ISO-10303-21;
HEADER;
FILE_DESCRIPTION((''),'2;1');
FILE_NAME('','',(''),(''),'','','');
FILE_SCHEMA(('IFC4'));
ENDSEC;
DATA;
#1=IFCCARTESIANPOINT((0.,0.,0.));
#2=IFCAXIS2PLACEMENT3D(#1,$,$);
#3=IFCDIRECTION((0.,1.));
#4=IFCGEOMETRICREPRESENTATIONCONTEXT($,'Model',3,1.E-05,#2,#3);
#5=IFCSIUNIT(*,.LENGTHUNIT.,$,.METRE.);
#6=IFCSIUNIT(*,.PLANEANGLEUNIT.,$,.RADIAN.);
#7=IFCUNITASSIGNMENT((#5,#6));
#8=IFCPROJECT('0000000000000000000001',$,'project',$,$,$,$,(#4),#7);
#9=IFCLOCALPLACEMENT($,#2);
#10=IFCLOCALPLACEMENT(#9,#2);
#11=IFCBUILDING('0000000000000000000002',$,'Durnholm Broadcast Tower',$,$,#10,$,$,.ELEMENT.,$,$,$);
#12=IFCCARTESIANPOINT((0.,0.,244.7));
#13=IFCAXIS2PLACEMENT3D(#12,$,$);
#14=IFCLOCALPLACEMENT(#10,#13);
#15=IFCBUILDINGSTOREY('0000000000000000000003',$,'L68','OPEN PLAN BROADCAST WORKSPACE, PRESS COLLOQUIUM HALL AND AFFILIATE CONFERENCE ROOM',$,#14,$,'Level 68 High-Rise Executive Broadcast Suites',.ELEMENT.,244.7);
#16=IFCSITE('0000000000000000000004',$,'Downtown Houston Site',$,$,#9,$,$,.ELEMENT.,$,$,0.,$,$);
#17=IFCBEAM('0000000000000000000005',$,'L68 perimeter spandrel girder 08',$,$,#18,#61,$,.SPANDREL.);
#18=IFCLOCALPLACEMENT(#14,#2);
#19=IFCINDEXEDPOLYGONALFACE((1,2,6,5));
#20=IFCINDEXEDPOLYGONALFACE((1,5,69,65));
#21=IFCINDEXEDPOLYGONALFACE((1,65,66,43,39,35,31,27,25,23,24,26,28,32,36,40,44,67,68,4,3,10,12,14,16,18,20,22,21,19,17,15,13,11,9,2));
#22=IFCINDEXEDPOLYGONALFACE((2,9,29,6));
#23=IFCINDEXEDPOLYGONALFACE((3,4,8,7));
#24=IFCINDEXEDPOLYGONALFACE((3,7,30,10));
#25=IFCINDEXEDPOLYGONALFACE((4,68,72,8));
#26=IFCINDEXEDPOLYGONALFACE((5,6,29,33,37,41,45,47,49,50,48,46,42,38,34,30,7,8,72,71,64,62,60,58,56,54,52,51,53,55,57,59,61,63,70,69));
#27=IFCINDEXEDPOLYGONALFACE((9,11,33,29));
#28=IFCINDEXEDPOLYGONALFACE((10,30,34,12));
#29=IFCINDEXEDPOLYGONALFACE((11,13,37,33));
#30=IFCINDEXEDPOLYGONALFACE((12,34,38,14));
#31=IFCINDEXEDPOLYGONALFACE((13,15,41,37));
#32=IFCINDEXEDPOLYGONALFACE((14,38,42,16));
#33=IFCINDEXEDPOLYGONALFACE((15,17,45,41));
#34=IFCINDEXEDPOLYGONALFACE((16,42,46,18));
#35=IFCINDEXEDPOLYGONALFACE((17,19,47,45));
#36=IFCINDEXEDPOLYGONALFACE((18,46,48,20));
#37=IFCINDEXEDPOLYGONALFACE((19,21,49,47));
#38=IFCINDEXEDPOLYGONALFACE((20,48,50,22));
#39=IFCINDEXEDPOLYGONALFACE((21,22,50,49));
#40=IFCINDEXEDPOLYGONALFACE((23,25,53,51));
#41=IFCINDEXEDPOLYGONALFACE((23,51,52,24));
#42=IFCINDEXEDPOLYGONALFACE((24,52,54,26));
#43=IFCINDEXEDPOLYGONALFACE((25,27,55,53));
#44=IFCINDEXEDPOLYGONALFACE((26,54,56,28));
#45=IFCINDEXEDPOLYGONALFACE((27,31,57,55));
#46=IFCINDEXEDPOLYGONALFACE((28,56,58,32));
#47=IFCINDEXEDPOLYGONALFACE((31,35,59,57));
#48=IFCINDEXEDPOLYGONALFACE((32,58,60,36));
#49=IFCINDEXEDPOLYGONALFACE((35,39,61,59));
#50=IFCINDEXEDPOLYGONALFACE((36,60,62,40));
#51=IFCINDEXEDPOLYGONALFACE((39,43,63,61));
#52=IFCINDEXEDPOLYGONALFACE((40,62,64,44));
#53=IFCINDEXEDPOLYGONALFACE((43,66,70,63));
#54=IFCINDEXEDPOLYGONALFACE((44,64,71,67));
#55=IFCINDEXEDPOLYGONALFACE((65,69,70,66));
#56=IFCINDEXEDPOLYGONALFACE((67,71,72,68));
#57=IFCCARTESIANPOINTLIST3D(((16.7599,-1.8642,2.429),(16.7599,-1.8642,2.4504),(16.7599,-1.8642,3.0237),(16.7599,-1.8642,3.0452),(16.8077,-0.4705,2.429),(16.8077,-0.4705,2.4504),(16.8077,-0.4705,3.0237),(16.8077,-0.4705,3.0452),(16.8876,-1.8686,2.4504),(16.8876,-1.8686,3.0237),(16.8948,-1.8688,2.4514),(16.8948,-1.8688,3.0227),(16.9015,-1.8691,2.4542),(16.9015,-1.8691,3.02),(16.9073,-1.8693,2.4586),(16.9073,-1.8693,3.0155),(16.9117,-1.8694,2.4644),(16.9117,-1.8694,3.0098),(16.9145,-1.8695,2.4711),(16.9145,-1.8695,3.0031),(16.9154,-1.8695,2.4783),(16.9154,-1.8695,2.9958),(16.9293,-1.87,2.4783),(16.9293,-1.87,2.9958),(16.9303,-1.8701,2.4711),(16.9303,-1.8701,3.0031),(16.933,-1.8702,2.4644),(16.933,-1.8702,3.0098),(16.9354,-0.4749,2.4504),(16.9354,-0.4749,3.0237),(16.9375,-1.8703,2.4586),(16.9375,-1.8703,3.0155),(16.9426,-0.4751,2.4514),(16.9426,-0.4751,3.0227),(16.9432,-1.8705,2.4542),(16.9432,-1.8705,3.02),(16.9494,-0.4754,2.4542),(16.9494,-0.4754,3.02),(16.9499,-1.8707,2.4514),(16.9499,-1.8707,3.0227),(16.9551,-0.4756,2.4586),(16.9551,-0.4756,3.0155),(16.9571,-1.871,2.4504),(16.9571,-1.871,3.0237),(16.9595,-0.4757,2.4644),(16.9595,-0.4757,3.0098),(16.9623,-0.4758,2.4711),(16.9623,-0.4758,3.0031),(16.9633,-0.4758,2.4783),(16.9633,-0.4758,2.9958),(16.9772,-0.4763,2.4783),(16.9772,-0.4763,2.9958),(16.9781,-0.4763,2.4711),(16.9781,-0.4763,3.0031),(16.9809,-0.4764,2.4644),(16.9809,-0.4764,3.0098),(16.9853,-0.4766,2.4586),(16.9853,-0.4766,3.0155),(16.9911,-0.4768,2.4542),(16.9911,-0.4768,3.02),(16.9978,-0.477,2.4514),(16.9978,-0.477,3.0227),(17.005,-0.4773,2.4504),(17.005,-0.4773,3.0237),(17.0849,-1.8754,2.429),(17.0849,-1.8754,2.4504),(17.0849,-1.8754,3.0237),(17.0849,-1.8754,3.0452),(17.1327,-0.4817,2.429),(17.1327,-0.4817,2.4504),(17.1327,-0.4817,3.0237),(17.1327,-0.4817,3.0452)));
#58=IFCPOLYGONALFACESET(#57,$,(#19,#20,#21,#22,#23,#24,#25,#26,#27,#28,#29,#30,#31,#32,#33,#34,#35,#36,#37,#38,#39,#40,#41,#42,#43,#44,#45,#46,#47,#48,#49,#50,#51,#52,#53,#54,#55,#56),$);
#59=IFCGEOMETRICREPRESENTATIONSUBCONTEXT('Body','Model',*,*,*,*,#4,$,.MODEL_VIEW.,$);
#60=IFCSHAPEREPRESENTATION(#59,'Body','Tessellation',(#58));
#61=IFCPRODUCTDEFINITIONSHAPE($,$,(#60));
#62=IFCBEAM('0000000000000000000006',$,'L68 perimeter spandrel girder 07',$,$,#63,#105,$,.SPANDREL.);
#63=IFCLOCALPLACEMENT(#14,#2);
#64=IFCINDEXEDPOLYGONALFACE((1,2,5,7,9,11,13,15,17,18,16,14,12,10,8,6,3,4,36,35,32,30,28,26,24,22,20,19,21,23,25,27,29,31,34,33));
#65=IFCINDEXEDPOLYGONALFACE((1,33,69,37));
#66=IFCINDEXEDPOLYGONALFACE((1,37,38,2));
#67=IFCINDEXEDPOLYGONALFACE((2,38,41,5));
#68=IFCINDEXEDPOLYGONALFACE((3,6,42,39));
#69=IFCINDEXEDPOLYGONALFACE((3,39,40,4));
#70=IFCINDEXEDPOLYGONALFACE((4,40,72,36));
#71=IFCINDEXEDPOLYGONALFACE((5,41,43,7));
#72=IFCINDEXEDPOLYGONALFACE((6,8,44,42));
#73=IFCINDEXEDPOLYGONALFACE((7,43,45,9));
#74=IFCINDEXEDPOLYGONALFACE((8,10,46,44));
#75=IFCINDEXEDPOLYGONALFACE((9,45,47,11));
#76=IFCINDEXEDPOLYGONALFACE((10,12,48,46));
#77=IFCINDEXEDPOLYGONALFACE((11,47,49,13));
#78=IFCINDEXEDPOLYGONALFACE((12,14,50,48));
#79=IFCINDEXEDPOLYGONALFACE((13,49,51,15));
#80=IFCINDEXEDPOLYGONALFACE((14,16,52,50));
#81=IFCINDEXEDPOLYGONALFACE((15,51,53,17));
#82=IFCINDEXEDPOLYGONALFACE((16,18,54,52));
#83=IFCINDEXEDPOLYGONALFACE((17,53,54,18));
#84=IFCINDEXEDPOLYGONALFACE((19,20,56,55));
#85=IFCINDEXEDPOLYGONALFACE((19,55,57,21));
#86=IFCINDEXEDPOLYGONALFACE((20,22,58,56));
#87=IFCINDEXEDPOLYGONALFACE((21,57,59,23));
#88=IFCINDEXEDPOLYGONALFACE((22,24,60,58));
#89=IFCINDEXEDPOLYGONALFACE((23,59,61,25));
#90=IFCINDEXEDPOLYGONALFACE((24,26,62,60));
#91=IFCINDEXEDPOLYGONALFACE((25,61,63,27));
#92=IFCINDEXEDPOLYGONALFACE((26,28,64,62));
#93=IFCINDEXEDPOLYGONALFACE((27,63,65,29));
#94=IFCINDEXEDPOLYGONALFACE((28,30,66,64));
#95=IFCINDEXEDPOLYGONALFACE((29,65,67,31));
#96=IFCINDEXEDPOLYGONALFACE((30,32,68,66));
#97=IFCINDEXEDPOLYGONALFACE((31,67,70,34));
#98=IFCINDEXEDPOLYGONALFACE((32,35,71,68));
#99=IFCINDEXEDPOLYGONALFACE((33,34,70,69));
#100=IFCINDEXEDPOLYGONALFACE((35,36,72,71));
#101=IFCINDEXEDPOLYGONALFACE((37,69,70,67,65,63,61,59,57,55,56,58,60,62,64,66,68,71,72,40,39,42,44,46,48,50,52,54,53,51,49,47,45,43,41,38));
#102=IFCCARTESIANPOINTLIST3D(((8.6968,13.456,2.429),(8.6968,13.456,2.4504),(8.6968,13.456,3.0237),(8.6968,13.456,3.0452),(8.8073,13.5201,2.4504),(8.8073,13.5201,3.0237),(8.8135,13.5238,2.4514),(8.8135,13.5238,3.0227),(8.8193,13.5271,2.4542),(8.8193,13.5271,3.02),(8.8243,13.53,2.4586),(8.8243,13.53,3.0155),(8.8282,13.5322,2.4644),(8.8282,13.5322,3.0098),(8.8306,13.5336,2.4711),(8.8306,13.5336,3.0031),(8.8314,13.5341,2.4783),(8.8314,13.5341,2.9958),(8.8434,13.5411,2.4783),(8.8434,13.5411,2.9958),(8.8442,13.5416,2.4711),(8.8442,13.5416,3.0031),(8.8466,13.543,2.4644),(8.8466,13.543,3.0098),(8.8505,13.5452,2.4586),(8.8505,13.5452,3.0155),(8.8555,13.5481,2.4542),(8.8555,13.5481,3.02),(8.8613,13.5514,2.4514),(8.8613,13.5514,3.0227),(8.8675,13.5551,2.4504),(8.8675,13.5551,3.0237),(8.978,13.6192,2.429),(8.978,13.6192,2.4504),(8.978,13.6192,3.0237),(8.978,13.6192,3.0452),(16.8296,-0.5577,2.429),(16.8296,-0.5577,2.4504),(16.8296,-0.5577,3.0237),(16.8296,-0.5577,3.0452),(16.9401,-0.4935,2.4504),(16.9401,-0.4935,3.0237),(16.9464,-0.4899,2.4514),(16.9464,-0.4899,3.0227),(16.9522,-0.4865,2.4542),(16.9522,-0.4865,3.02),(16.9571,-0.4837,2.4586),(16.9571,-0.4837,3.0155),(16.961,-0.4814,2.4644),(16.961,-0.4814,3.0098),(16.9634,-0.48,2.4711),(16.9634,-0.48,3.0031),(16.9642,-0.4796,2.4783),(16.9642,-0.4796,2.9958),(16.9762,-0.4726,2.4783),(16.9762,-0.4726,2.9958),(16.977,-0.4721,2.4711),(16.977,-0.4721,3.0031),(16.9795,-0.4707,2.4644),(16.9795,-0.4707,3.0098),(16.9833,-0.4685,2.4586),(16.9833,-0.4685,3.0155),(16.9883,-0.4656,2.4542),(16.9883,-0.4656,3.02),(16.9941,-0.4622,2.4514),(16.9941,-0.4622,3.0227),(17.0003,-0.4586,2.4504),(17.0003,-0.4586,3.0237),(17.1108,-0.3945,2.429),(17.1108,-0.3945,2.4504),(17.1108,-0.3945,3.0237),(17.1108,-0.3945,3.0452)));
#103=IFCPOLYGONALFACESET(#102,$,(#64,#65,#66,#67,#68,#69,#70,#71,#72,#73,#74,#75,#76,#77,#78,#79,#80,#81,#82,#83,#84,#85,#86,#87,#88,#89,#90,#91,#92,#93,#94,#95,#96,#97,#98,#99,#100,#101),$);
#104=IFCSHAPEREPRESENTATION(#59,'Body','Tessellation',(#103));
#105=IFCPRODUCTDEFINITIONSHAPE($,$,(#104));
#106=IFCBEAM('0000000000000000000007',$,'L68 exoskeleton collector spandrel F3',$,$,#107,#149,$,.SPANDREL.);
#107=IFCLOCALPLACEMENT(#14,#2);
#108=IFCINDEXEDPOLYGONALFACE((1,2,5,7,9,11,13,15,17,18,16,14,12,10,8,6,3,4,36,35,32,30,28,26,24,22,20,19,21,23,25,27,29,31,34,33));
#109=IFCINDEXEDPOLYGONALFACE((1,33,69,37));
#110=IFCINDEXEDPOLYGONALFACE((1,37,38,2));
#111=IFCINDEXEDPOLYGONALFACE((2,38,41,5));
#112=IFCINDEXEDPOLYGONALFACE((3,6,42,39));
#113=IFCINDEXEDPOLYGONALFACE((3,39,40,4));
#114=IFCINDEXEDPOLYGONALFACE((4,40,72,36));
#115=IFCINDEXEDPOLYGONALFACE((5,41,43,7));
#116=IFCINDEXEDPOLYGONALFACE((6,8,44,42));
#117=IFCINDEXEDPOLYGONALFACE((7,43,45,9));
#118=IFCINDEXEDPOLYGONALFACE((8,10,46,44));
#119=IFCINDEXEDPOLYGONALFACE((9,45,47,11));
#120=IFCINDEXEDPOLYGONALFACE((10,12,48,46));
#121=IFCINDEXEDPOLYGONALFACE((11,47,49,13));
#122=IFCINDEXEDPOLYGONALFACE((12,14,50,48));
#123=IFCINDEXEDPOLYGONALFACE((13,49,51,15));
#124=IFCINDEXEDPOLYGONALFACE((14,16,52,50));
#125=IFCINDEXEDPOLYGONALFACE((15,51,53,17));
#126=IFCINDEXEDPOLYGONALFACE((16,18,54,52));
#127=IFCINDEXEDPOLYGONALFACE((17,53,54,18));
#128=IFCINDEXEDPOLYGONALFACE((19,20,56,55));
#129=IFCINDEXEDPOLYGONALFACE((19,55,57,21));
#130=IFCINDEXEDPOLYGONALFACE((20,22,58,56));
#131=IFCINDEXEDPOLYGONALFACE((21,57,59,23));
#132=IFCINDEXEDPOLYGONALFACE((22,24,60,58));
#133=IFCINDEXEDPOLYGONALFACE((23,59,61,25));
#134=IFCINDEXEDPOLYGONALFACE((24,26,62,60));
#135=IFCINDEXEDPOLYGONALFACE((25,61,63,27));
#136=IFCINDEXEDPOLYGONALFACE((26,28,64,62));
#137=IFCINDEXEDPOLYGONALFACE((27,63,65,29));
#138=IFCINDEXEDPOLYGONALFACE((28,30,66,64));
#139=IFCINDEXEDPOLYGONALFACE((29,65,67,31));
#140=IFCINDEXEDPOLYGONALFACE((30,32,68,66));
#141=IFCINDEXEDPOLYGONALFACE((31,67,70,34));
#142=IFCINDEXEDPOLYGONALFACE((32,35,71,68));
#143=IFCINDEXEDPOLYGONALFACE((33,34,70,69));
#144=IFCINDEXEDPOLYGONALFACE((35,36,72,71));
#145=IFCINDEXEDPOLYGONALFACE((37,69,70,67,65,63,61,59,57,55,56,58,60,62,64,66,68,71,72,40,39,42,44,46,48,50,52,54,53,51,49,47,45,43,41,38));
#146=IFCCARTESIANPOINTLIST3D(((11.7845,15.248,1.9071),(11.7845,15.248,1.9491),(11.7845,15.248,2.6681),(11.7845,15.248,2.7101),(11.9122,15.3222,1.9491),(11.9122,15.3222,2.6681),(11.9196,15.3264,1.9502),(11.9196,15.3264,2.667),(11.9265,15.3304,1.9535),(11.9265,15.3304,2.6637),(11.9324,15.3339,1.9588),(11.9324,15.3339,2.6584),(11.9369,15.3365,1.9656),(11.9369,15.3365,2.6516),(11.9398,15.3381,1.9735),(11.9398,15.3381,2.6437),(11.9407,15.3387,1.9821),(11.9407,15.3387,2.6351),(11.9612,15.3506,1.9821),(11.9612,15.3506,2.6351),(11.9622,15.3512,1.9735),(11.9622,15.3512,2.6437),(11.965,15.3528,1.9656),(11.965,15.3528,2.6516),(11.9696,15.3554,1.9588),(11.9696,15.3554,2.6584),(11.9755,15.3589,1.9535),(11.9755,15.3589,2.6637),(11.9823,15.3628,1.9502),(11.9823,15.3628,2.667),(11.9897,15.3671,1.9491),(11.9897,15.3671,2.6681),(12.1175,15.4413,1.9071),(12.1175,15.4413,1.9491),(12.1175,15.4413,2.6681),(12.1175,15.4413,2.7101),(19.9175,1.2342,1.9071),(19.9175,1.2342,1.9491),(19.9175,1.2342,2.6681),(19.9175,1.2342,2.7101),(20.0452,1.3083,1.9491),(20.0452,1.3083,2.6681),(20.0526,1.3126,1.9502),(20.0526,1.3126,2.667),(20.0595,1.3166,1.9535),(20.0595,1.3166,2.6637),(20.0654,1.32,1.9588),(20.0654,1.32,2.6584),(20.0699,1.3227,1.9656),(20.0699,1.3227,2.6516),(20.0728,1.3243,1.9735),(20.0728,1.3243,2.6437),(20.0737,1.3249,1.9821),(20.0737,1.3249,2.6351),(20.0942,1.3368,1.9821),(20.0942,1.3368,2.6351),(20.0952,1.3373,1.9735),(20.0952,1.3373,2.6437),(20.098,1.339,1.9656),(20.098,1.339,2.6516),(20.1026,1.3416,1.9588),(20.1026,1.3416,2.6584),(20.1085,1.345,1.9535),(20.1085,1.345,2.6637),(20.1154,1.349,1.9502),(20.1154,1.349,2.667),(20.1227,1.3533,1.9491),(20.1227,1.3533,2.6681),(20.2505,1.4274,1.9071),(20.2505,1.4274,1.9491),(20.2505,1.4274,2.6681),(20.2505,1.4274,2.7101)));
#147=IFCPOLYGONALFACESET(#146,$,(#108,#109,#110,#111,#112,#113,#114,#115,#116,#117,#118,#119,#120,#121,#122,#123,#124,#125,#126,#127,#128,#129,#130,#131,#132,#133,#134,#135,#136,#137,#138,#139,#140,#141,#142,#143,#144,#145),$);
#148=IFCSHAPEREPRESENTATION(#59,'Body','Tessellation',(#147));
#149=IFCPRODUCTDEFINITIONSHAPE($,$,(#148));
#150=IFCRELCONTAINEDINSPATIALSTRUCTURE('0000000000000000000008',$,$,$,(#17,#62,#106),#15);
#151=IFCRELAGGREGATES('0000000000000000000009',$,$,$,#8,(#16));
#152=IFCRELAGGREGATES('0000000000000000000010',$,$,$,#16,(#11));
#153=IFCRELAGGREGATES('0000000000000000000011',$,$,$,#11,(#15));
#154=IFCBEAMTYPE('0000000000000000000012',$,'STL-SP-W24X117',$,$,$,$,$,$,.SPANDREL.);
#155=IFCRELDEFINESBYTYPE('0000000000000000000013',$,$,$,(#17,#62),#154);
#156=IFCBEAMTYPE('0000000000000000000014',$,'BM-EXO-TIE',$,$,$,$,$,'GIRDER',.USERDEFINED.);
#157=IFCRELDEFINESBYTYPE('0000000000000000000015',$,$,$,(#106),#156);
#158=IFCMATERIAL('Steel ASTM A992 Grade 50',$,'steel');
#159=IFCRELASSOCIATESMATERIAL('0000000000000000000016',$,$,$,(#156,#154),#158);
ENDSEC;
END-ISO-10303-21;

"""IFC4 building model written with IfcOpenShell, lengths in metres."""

from ifc_helpers import new_model, si_unit, direction, frame, origin, origin_2d, place, context, subcontext, project, spatial, i_section, extrude, source, transform, mapped, material, material_profile, profile_set, type_object, type_shapes, element, save


model = new_model("IFC4")

# Units and contexts
model_context = context("Model", 3, precision=1e-05, world=origin(), true_north=direction((0.0, 1.0)))
body_context = subcontext(model_context, "Body", "Model", "MODEL_VIEW")
ifc_project = project(units=[si_unit("LENGTHUNIT", "METRE"), si_unit("PLANEANGLEUNIT", "RADIAN")], contexts=[model_context])

# Site, building, storey
site_placement = place(None, origin())
site = spatial("IfcSite", under=ifc_project, at=site_placement, Name="Downtown Houston Site", CompositionType="ELEMENT", RefElevation=0.0)
building_placement = place(site_placement, origin())
building = spatial("IfcBuilding", under=site, at=building_placement, Name="Durnholm Broadcast Tower", CompositionType="ELEMENT")
storey_placement = place(building_placement, frame((0.0, 0.0, 244.7)))
storey = spatial("IfcBuildingStorey", under=building, at=storey_placement, Name="L68", Description="OPEN PLAN BROADCAST WORKSPACE, PRESS COLLOQUIUM HALL AND AFFILIATE CONFERENCE ROOM", LongName="Level 68 High-Rise Executive Broadcast Suites", CompositionType="ELEMENT", Elevation=244.7)

# Beams
ifc_material_1 = material(Name="Steel ASTM A992 Grade 50", Category="steel")
ifc_material_profile_1 = material_profile(ifc_material_1, i_section(OverallWidth=0.385, OverallDepth=0.803, WebThickness=0.0237, FlangeThickness=0.042, FilletRadius=0.033, at=origin_2d()), Name="W30X261")
ifc_profile_set_1 = profile_set([ifc_material_profile_1], Name="Steel ASTM A992 Grade 50")
beam_type_1 = type_object("IfcBeamType", Name="BM-EXO-TIE", ElementType="GIRDER", PredefinedType="USERDEFINED", material=ifc_profile_set_1)
ifc_material_profile_2 = material_profile(ifc_material_1, i_section(OverallWidth=0.3252, OverallDepth=0.6162, WebThickness=0.0139, FlangeThickness=0.0215, FilletRadius=0.0278, at=origin_2d()), Name="W24X117")
ifc_profile_set_2 = profile_set([ifc_material_profile_2], Name="Steel ASTM A992 Grade 50")
beam_type_2 = type_object("IfcBeamType", Name="STL-SP-W24X117", PredefinedType="SPANDREL", material=ifc_profile_set_2)
shared_shape_1 = source(origin(), body_context, "Body", "SweptSolid", [
    extrude(i_section(OverallWidth=0.3252, OverallDepth=0.6162, WebThickness=0.0139, FlangeThickness=0.0215, FilletRadius=0.0278, at=origin_2d()), origin(), (0.0, 0.0, 1.0), 1.3945),
])
beam_1_placement = place(storey_placement, frame((16.9702, -0.4761, 2.7371), z_axis=(-0.034312, -0.999411, 0.0), x_axis=(0.999411, -0.034312, 0.0)))
element("IfcBeam", 1, at=beam_1_placement, inside=storey, type_object=beam_type_2, Name="L68 perimeter spandrel girder 08", PredefinedType="SPANDREL", context=body_context, shape_type="MappedRepresentation", body=[
    mapped(shared_shape_1, transform((0.0, 0.0, 0.0), x_axis=(1.0, 0.0, 0.0), y_axis=(0.0, 1.0, 0.0), z_axis=(0.0, 0.0, 1.0), scale=1.0)),
])
shared_shape_2 = source(origin(), body_context, "Body", "SweptSolid", [
    extrude(i_section(OverallWidth=0.3252, OverallDepth=0.6162, WebThickness=0.0139, FlangeThickness=0.0215, FilletRadius=0.0278, at=origin_2d()), origin(), (0.0, 0.0, 1.0), 16.2026),
])
type_shapes(beam_type_2, [shared_shape_1, shared_shape_2])
beam_2_placement = place(storey_placement, frame((8.8374, 13.5376, 2.7371), z_axis=(0.501944, -0.8649, 0.0), x_axis=(0.8649, 0.501944, 0.0)))
element("IfcBeam", 2, at=beam_2_placement, inside=storey, type_object=beam_type_2, Name="L68 perimeter spandrel girder 07", PredefinedType="SPANDREL", context=body_context, shape_type="MappedRepresentation", body=[
    mapped(shared_shape_2, transform((0.0, 0.0, 0.0), x_axis=(1.0, 0.0, 0.0), y_axis=(0.0, 1.0, 0.0), z_axis=(0.0, 0.0, 1.0), scale=1.0)),
])
shared_shape_3 = source(origin(), body_context, "Body", "SweptSolid", [
    extrude(i_section(OverallWidth=0.385, OverallDepth=0.803, WebThickness=0.0237, FlangeThickness=0.042, FilletRadius=0.033, at=origin_2d()), origin(), (0.0, 0.0, 1.0), 16.2029),
])
beam_3_placement = place(storey_placement, frame((20.084, 1.3308, 2.3086), z_axis=(-0.501948, 0.864898, 0.0), x_axis=(-0.864898, -0.501948, 0.0)))
element("IfcBeam", 3, at=beam_3_placement, inside=storey, type_object=beam_type_1, Name="L68 exoskeleton collector spandrel F3", PredefinedType="SPANDREL", context=body_context, shape_type="MappedRepresentation", body=[
    mapped(shared_shape_3, transform((0.0, 0.0, 0.0), x_axis=(1.0, 0.0, 0.0), y_axis=(0.0, 1.0, 0.0), z_axis=(0.0, 0.0, 1.0), scale=1.0)),
])

save(model, "model.ifc")
